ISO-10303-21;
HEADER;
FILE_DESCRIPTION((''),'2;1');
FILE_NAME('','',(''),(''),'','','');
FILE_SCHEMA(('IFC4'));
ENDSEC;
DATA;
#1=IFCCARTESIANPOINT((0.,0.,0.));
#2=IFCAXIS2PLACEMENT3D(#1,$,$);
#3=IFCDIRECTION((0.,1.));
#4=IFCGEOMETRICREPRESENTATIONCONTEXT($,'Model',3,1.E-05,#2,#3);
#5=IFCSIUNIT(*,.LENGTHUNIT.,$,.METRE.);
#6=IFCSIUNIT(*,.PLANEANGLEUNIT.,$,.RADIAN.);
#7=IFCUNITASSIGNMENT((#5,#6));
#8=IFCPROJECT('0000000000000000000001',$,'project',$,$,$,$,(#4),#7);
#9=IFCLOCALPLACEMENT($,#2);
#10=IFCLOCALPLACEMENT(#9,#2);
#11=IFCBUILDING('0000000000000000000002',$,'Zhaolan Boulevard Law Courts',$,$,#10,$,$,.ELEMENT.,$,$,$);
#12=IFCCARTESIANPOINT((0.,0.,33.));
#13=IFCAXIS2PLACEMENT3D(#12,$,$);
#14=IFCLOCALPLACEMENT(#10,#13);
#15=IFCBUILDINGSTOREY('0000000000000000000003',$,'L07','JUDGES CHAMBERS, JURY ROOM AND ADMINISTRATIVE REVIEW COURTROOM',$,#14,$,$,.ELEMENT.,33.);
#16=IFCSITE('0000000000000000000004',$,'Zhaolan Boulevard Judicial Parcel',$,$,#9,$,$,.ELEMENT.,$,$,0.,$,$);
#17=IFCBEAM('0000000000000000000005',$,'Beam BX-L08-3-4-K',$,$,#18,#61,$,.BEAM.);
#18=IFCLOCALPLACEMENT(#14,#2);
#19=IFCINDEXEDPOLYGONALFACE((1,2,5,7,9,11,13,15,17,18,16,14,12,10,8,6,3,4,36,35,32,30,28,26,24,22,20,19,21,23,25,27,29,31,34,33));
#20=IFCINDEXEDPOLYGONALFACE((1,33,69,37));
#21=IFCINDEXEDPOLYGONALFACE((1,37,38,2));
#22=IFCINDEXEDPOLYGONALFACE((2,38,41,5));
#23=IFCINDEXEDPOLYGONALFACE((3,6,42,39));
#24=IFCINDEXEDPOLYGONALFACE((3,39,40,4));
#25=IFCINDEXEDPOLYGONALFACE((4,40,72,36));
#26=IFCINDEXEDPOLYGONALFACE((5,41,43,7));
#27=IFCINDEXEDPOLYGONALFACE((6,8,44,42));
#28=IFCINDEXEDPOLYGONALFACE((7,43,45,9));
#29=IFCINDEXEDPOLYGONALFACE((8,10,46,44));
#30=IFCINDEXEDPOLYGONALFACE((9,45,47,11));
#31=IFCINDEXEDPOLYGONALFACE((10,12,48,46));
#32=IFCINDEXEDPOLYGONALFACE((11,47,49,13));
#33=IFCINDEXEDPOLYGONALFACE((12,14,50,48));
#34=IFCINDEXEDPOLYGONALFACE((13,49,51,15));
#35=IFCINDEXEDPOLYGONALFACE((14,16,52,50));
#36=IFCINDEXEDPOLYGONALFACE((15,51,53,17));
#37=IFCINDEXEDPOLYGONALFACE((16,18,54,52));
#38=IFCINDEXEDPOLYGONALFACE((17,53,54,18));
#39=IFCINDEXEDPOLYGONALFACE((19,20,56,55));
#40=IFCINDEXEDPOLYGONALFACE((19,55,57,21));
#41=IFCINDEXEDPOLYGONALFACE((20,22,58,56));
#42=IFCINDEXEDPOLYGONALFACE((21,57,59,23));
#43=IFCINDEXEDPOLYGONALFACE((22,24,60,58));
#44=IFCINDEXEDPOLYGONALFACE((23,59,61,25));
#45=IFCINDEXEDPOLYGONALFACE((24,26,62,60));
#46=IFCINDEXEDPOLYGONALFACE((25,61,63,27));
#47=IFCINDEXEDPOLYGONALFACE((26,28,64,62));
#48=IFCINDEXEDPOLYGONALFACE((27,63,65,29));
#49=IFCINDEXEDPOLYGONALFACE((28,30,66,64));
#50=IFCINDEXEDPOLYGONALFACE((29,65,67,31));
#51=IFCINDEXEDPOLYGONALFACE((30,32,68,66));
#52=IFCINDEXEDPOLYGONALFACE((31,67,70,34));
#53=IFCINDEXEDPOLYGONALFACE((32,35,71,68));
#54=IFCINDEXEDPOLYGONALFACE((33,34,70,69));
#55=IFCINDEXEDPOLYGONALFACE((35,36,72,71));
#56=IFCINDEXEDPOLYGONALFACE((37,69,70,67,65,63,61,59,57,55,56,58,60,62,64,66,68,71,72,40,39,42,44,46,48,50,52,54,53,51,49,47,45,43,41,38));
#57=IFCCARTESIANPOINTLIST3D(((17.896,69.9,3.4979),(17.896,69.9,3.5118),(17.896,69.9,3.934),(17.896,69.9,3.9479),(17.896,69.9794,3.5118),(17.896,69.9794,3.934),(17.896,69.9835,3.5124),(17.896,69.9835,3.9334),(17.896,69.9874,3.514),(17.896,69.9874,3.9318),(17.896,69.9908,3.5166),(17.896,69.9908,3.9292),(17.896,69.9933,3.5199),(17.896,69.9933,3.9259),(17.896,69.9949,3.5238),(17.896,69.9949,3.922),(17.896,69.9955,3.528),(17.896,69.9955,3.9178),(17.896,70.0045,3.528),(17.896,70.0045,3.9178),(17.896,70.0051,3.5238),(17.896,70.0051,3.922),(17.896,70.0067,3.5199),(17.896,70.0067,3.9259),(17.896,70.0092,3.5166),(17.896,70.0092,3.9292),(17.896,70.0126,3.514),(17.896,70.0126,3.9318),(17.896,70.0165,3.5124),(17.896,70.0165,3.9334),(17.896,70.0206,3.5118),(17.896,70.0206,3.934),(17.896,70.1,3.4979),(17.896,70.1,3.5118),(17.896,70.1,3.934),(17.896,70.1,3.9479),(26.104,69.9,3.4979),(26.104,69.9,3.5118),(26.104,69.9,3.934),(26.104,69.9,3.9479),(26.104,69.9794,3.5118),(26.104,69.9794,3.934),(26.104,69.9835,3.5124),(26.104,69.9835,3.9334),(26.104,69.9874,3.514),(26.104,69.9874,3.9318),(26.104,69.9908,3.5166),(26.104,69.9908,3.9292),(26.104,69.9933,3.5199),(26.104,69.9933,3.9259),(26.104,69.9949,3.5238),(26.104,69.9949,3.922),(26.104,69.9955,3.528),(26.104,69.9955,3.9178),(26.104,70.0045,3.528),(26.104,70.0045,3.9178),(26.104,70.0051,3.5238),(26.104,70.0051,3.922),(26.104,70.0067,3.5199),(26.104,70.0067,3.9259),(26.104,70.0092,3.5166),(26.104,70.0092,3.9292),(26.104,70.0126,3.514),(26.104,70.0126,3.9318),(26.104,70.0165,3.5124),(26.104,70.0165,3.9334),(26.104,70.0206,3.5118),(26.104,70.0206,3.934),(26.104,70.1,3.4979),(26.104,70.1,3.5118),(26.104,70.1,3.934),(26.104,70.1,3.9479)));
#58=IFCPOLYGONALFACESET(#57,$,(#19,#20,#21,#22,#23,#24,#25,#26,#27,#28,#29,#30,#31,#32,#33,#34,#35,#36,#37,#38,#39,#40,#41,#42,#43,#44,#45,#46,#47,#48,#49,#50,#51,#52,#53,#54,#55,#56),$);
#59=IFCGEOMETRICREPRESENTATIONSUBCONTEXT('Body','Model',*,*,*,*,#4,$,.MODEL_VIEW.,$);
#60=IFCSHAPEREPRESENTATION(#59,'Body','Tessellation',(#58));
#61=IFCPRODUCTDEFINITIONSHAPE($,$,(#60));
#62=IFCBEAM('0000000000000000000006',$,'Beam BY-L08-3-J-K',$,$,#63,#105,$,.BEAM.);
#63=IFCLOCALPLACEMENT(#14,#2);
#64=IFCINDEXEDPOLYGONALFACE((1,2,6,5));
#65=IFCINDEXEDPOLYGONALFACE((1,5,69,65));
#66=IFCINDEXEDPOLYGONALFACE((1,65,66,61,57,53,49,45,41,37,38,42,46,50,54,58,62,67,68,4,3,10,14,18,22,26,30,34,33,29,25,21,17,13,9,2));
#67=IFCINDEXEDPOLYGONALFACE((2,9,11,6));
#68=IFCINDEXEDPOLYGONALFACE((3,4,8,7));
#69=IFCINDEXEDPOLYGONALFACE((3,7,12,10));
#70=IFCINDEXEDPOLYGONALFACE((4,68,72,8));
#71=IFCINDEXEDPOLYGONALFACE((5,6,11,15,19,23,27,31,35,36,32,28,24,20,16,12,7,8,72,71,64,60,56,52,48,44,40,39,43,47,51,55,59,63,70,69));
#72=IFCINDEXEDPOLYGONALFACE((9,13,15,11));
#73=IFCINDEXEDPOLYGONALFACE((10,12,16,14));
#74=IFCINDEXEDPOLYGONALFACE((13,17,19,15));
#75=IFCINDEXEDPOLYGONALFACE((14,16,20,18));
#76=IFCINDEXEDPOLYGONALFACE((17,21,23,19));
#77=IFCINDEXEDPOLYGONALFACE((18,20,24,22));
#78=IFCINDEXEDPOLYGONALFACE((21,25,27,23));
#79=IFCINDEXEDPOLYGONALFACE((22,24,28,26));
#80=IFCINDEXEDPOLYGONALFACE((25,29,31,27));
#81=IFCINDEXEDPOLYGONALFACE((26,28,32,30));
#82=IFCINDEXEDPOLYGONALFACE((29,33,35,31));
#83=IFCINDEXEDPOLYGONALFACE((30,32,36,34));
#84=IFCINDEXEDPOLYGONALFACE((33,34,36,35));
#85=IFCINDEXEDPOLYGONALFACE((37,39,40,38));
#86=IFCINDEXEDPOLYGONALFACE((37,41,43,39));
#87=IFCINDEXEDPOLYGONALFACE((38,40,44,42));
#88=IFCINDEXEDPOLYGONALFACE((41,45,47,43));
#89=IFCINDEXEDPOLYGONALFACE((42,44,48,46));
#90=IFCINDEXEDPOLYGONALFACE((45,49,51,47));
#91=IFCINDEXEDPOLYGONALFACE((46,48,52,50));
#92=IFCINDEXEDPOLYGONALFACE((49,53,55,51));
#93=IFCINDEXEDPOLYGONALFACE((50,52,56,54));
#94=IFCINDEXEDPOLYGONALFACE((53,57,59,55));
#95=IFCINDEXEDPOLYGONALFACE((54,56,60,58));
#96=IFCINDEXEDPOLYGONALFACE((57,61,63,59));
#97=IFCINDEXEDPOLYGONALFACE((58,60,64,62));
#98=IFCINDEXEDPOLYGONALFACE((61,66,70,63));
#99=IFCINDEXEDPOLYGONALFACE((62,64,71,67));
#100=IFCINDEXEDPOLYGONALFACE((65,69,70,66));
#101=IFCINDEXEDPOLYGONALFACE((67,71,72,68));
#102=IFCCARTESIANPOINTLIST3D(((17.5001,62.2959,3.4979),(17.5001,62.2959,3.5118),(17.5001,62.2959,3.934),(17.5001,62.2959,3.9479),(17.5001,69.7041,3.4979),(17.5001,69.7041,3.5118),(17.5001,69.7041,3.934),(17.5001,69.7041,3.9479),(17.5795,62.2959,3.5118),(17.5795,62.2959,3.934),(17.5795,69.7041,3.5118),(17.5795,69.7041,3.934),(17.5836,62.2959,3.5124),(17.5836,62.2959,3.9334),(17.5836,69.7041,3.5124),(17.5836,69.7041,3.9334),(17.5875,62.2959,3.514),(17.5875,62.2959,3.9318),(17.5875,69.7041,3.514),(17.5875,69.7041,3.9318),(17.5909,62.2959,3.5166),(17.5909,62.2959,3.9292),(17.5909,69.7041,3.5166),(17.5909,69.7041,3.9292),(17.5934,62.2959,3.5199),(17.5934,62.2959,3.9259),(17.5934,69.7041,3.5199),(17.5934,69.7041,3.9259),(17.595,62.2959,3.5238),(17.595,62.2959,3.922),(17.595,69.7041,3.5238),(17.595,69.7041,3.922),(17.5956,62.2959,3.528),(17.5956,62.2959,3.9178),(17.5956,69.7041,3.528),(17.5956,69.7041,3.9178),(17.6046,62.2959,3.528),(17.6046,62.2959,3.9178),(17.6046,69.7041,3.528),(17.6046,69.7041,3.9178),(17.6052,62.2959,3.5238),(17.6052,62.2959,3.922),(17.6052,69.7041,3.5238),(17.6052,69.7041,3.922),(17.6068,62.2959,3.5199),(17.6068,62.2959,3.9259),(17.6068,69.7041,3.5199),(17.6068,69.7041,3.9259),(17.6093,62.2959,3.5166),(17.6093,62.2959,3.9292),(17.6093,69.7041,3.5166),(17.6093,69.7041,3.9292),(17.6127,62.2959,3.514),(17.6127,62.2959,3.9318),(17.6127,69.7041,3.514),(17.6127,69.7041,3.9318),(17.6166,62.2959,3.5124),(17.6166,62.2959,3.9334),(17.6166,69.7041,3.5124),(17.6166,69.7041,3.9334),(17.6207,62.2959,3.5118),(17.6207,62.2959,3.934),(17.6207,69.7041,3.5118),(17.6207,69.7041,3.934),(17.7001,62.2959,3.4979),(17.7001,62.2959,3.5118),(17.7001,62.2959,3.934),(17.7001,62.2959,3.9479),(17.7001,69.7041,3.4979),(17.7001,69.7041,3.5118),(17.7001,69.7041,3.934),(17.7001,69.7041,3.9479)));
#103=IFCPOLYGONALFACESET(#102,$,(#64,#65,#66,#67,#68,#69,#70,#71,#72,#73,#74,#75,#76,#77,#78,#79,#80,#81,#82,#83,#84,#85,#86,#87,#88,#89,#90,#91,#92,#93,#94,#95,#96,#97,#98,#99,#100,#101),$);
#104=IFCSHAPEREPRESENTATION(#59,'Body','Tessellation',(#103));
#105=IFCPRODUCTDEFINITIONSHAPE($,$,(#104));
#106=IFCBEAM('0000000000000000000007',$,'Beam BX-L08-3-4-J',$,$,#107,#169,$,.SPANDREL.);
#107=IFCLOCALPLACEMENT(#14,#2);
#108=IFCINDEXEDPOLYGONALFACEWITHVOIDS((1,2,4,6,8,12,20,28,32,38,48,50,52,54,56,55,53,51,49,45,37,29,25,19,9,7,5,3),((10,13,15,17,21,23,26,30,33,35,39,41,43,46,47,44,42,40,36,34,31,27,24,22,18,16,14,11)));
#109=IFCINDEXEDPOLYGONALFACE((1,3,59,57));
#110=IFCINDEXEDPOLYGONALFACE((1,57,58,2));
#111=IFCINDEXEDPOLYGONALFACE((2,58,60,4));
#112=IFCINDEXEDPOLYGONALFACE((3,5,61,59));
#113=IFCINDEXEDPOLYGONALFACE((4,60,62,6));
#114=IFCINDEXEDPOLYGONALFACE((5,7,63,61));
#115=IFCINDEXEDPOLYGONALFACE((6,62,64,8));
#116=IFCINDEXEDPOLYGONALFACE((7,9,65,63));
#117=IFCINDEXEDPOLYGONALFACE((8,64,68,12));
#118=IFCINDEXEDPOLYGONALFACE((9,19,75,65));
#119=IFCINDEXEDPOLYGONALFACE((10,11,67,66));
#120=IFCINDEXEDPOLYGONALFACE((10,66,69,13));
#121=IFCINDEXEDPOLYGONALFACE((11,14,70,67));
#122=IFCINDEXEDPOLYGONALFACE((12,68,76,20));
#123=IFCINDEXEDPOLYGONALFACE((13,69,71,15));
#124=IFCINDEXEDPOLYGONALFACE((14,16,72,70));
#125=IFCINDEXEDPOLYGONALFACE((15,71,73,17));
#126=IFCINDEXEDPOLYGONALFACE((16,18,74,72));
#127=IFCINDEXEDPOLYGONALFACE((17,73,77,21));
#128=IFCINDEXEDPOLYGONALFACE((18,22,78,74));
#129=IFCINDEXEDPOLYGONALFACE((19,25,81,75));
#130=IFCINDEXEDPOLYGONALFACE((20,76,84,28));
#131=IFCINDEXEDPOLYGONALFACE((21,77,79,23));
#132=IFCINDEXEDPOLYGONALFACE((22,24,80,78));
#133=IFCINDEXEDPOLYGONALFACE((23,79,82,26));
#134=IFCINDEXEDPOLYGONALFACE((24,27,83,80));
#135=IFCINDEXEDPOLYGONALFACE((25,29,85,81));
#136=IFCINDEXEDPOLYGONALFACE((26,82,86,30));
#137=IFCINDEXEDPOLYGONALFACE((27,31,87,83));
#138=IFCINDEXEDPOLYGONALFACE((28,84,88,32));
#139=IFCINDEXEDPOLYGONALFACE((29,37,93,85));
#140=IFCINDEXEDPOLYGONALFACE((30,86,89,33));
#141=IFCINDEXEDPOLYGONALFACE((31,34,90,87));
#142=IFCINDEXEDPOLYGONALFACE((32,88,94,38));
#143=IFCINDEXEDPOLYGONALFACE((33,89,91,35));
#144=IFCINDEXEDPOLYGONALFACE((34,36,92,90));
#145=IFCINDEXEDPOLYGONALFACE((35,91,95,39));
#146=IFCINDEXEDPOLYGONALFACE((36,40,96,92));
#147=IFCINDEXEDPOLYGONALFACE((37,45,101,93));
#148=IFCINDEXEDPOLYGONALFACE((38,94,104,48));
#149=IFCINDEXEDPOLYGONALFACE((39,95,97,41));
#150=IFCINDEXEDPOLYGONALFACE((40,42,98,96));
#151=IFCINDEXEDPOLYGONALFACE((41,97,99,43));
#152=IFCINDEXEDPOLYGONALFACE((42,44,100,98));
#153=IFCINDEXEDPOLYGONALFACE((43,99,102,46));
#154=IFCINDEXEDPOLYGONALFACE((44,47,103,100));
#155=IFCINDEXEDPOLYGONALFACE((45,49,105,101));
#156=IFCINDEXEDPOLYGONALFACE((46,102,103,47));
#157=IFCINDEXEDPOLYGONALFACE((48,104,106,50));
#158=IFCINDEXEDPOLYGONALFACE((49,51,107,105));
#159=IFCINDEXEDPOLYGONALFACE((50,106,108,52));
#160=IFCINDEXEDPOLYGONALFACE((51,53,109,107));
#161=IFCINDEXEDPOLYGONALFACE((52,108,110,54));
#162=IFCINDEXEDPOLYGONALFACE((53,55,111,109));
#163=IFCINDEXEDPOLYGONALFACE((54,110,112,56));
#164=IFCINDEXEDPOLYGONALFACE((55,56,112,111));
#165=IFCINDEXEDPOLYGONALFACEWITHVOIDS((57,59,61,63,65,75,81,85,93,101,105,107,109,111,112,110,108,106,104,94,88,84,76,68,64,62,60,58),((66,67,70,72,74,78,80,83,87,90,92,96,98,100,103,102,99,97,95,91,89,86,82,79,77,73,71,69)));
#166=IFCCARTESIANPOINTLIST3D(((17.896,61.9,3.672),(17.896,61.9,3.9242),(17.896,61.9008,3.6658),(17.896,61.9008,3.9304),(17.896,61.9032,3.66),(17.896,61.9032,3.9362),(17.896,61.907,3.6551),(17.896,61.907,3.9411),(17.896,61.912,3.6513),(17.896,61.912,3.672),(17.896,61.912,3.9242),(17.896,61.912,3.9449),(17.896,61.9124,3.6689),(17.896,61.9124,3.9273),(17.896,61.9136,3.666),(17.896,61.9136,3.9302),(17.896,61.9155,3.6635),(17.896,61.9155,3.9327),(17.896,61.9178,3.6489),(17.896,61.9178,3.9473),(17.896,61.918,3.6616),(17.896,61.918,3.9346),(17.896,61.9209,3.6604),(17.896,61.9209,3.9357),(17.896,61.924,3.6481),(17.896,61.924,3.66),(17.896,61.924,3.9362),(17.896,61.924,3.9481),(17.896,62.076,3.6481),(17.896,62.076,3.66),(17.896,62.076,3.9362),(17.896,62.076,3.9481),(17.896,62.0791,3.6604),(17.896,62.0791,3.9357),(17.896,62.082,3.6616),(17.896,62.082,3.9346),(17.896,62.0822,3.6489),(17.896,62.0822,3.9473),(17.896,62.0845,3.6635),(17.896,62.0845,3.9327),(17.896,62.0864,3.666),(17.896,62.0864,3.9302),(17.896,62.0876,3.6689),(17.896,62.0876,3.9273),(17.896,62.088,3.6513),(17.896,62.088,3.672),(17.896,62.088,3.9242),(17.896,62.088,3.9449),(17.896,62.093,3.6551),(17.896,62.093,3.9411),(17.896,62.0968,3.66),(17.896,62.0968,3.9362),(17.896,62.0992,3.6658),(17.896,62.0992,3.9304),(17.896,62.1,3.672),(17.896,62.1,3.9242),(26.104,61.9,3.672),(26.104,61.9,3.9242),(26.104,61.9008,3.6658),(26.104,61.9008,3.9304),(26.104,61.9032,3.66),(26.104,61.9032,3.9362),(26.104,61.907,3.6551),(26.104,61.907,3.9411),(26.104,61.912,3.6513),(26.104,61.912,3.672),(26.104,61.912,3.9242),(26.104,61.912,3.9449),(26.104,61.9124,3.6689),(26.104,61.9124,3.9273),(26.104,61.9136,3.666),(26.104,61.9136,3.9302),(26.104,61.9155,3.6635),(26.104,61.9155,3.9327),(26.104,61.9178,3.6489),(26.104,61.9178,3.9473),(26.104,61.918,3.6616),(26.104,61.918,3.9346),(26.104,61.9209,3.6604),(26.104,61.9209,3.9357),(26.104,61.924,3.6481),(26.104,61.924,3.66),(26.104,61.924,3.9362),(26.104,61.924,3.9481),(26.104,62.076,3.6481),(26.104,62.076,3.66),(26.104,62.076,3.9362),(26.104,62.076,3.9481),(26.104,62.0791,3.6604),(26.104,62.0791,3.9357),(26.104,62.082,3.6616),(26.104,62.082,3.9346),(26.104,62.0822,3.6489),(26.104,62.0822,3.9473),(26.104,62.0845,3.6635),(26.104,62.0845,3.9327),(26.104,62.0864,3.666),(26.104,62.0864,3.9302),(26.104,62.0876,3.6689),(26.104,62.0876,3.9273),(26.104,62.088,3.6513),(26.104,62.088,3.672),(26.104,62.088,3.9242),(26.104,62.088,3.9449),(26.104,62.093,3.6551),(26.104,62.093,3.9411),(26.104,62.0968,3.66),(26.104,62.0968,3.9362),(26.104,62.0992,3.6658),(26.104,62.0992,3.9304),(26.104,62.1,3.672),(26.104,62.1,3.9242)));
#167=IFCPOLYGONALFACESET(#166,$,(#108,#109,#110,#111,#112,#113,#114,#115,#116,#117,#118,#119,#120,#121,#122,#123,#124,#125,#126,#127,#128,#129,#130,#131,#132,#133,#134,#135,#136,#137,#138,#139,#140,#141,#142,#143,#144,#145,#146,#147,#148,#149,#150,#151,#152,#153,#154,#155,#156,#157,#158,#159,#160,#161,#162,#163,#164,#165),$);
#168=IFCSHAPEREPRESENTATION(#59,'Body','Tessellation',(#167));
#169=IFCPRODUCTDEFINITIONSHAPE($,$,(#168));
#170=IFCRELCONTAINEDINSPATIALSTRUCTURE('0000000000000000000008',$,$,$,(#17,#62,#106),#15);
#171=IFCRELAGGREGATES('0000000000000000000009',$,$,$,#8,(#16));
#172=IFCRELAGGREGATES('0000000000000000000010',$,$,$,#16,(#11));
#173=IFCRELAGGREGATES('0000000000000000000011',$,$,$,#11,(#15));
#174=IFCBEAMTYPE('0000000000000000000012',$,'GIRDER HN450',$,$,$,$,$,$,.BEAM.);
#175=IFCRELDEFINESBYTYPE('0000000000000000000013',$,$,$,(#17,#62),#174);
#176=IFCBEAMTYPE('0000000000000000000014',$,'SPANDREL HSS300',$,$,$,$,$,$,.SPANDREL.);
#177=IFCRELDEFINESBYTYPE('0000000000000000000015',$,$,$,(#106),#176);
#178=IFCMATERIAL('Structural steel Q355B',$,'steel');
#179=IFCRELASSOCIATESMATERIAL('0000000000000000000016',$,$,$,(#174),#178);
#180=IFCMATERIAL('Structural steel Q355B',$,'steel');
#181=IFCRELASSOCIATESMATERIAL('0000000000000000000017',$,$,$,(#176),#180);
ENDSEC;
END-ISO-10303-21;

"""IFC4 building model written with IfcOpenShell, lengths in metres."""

from ifc_helpers import new_model, si_unit, direction, frame, origin, origin_2d, place, context, subcontext, project, spatial, hollow_rectangle, i_section, extrude, material, material_profile, profile_set, type_object, element, save


model = new_model("IFC4")

# Units and contexts
model_context = context("Model", 3, precision=1e-05, world=origin(), true_north=direction((0.0, 1.0)))
body_context = subcontext(model_context, "Body", "Model", "MODEL_VIEW")
ifc_project = project(units=[si_unit("LENGTHUNIT", "METRE"), si_unit("PLANEANGLEUNIT", "RADIAN")], contexts=[model_context])

# Site, building, storey
site_placement = place(None, origin())
site = spatial("IfcSite", under=ifc_project, at=site_placement, Name="Zhaolan Boulevard Judicial Parcel", CompositionType="ELEMENT", RefElevation=0.0)
building_placement = place(site_placement, origin())
building = spatial("IfcBuilding", under=site, at=building_placement, Name="Zhaolan Boulevard Law Courts", CompositionType="ELEMENT")
storey_placement = place(building_placement, frame((0.0, 0.0, 33.0)))
storey = spatial("IfcBuildingStorey", under=building, at=storey_placement, Name="L07", Description="JUDGES CHAMBERS, JURY ROOM AND ADMINISTRATIVE REVIEW COURTROOM", CompositionType="ELEMENT", Elevation=33.0)

# Beams
ifc_material_1 = material(Name="Structural steel Q355B", Category="steel")
ifc_material_profile_1 = material_profile(ifc_material_1, i_section(OverallWidth=0.2, OverallDepth=0.45, WebThickness=0.009, FlangeThickness=0.0139, FilletRadius=0.0161, at=origin_2d()), Name="HN450x200")
ifc_profile_set_1 = profile_set([ifc_material_profile_1], Name="Structural steel Q355B")
beam_type_1 = type_object("IfcBeamType", Name="GIRDER HN450", PredefinedType="BEAM", material=ifc_profile_set_1)
beam_1_placement = place(storey_placement, frame((17.896, 70.0, 3.7229), z_axis=(1.0, 0.0, 0.0), x_axis=(0.0, 1.0, 0.0)))
element("IfcBeam", 1, at=beam_1_placement, inside=storey, type_object=beam_type_1, Name="Beam BX-L08-3-4-K", PredefinedType="BEAM", context=body_context, shape_type="SweptSolid", body=[
    extrude(i_section(OverallWidth=0.2, OverallDepth=0.45, WebThickness=0.009, FlangeThickness=0.0139, FilletRadius=0.0161, at=origin_2d()), origin(), (0.0, 0.0, 1.0), 8.208),
])
beam_2_placement = place(storey_placement, frame((17.6001, 62.2959, 3.7229), z_axis=(0.0, 1.0, 0.0), x_axis=(-1.0, 0.0, 0.0)))
element("IfcBeam", 2, at=beam_2_placement, inside=storey, type_object=beam_type_1, Name="Beam BY-L08-3-J-K", PredefinedType="BEAM", context=body_context, shape_type="SweptSolid", body=[
    extrude(i_section(OverallWidth=0.2, OverallDepth=0.45, WebThickness=0.009, FlangeThickness=0.0139, FilletRadius=0.0161, at=origin_2d()), origin(), (0.0, 0.0, 1.0), 7.4082),
])
ifc_material_2 = material(Name="Structural steel Q355B", Category="steel")
ifc_material_profile_2 = material_profile(ifc_material_2, hollow_rectangle(XDim=0.2, YDim=0.3, WallThickness=0.012, InnerFilletRadius=0.012, OuterFilletRadius=0.0239, at=origin_2d()), Name="HSS300x200x12")
ifc_profile_set_2 = profile_set([ifc_material_profile_2], Name="Structural steel Q355B")
beam_type_2 = type_object("IfcBeamType", Name="SPANDREL HSS300", PredefinedType="SPANDREL", material=ifc_profile_set_2)
beam_3_placement = place(storey_placement, frame((17.896, 62.0, 3.7981), z_axis=(1.0, 0.0, 0.0), x_axis=(0.0, 1.0, 0.0)))
element("IfcBeam", 3, at=beam_3_placement, inside=storey, type_object=beam_type_2, Name="Beam BX-L08-3-4-J", PredefinedType="SPANDREL", context=body_context, shape_type="SweptSolid", body=[
    extrude(hollow_rectangle(XDim=0.2, YDim=0.3, WallThickness=0.012, InnerFilletRadius=0.012, OuterFilletRadius=0.0239, at=origin_2d()), origin(), (0.0, 0.0, 1.0), 8.208),
])

save(model, "model.ifc")
